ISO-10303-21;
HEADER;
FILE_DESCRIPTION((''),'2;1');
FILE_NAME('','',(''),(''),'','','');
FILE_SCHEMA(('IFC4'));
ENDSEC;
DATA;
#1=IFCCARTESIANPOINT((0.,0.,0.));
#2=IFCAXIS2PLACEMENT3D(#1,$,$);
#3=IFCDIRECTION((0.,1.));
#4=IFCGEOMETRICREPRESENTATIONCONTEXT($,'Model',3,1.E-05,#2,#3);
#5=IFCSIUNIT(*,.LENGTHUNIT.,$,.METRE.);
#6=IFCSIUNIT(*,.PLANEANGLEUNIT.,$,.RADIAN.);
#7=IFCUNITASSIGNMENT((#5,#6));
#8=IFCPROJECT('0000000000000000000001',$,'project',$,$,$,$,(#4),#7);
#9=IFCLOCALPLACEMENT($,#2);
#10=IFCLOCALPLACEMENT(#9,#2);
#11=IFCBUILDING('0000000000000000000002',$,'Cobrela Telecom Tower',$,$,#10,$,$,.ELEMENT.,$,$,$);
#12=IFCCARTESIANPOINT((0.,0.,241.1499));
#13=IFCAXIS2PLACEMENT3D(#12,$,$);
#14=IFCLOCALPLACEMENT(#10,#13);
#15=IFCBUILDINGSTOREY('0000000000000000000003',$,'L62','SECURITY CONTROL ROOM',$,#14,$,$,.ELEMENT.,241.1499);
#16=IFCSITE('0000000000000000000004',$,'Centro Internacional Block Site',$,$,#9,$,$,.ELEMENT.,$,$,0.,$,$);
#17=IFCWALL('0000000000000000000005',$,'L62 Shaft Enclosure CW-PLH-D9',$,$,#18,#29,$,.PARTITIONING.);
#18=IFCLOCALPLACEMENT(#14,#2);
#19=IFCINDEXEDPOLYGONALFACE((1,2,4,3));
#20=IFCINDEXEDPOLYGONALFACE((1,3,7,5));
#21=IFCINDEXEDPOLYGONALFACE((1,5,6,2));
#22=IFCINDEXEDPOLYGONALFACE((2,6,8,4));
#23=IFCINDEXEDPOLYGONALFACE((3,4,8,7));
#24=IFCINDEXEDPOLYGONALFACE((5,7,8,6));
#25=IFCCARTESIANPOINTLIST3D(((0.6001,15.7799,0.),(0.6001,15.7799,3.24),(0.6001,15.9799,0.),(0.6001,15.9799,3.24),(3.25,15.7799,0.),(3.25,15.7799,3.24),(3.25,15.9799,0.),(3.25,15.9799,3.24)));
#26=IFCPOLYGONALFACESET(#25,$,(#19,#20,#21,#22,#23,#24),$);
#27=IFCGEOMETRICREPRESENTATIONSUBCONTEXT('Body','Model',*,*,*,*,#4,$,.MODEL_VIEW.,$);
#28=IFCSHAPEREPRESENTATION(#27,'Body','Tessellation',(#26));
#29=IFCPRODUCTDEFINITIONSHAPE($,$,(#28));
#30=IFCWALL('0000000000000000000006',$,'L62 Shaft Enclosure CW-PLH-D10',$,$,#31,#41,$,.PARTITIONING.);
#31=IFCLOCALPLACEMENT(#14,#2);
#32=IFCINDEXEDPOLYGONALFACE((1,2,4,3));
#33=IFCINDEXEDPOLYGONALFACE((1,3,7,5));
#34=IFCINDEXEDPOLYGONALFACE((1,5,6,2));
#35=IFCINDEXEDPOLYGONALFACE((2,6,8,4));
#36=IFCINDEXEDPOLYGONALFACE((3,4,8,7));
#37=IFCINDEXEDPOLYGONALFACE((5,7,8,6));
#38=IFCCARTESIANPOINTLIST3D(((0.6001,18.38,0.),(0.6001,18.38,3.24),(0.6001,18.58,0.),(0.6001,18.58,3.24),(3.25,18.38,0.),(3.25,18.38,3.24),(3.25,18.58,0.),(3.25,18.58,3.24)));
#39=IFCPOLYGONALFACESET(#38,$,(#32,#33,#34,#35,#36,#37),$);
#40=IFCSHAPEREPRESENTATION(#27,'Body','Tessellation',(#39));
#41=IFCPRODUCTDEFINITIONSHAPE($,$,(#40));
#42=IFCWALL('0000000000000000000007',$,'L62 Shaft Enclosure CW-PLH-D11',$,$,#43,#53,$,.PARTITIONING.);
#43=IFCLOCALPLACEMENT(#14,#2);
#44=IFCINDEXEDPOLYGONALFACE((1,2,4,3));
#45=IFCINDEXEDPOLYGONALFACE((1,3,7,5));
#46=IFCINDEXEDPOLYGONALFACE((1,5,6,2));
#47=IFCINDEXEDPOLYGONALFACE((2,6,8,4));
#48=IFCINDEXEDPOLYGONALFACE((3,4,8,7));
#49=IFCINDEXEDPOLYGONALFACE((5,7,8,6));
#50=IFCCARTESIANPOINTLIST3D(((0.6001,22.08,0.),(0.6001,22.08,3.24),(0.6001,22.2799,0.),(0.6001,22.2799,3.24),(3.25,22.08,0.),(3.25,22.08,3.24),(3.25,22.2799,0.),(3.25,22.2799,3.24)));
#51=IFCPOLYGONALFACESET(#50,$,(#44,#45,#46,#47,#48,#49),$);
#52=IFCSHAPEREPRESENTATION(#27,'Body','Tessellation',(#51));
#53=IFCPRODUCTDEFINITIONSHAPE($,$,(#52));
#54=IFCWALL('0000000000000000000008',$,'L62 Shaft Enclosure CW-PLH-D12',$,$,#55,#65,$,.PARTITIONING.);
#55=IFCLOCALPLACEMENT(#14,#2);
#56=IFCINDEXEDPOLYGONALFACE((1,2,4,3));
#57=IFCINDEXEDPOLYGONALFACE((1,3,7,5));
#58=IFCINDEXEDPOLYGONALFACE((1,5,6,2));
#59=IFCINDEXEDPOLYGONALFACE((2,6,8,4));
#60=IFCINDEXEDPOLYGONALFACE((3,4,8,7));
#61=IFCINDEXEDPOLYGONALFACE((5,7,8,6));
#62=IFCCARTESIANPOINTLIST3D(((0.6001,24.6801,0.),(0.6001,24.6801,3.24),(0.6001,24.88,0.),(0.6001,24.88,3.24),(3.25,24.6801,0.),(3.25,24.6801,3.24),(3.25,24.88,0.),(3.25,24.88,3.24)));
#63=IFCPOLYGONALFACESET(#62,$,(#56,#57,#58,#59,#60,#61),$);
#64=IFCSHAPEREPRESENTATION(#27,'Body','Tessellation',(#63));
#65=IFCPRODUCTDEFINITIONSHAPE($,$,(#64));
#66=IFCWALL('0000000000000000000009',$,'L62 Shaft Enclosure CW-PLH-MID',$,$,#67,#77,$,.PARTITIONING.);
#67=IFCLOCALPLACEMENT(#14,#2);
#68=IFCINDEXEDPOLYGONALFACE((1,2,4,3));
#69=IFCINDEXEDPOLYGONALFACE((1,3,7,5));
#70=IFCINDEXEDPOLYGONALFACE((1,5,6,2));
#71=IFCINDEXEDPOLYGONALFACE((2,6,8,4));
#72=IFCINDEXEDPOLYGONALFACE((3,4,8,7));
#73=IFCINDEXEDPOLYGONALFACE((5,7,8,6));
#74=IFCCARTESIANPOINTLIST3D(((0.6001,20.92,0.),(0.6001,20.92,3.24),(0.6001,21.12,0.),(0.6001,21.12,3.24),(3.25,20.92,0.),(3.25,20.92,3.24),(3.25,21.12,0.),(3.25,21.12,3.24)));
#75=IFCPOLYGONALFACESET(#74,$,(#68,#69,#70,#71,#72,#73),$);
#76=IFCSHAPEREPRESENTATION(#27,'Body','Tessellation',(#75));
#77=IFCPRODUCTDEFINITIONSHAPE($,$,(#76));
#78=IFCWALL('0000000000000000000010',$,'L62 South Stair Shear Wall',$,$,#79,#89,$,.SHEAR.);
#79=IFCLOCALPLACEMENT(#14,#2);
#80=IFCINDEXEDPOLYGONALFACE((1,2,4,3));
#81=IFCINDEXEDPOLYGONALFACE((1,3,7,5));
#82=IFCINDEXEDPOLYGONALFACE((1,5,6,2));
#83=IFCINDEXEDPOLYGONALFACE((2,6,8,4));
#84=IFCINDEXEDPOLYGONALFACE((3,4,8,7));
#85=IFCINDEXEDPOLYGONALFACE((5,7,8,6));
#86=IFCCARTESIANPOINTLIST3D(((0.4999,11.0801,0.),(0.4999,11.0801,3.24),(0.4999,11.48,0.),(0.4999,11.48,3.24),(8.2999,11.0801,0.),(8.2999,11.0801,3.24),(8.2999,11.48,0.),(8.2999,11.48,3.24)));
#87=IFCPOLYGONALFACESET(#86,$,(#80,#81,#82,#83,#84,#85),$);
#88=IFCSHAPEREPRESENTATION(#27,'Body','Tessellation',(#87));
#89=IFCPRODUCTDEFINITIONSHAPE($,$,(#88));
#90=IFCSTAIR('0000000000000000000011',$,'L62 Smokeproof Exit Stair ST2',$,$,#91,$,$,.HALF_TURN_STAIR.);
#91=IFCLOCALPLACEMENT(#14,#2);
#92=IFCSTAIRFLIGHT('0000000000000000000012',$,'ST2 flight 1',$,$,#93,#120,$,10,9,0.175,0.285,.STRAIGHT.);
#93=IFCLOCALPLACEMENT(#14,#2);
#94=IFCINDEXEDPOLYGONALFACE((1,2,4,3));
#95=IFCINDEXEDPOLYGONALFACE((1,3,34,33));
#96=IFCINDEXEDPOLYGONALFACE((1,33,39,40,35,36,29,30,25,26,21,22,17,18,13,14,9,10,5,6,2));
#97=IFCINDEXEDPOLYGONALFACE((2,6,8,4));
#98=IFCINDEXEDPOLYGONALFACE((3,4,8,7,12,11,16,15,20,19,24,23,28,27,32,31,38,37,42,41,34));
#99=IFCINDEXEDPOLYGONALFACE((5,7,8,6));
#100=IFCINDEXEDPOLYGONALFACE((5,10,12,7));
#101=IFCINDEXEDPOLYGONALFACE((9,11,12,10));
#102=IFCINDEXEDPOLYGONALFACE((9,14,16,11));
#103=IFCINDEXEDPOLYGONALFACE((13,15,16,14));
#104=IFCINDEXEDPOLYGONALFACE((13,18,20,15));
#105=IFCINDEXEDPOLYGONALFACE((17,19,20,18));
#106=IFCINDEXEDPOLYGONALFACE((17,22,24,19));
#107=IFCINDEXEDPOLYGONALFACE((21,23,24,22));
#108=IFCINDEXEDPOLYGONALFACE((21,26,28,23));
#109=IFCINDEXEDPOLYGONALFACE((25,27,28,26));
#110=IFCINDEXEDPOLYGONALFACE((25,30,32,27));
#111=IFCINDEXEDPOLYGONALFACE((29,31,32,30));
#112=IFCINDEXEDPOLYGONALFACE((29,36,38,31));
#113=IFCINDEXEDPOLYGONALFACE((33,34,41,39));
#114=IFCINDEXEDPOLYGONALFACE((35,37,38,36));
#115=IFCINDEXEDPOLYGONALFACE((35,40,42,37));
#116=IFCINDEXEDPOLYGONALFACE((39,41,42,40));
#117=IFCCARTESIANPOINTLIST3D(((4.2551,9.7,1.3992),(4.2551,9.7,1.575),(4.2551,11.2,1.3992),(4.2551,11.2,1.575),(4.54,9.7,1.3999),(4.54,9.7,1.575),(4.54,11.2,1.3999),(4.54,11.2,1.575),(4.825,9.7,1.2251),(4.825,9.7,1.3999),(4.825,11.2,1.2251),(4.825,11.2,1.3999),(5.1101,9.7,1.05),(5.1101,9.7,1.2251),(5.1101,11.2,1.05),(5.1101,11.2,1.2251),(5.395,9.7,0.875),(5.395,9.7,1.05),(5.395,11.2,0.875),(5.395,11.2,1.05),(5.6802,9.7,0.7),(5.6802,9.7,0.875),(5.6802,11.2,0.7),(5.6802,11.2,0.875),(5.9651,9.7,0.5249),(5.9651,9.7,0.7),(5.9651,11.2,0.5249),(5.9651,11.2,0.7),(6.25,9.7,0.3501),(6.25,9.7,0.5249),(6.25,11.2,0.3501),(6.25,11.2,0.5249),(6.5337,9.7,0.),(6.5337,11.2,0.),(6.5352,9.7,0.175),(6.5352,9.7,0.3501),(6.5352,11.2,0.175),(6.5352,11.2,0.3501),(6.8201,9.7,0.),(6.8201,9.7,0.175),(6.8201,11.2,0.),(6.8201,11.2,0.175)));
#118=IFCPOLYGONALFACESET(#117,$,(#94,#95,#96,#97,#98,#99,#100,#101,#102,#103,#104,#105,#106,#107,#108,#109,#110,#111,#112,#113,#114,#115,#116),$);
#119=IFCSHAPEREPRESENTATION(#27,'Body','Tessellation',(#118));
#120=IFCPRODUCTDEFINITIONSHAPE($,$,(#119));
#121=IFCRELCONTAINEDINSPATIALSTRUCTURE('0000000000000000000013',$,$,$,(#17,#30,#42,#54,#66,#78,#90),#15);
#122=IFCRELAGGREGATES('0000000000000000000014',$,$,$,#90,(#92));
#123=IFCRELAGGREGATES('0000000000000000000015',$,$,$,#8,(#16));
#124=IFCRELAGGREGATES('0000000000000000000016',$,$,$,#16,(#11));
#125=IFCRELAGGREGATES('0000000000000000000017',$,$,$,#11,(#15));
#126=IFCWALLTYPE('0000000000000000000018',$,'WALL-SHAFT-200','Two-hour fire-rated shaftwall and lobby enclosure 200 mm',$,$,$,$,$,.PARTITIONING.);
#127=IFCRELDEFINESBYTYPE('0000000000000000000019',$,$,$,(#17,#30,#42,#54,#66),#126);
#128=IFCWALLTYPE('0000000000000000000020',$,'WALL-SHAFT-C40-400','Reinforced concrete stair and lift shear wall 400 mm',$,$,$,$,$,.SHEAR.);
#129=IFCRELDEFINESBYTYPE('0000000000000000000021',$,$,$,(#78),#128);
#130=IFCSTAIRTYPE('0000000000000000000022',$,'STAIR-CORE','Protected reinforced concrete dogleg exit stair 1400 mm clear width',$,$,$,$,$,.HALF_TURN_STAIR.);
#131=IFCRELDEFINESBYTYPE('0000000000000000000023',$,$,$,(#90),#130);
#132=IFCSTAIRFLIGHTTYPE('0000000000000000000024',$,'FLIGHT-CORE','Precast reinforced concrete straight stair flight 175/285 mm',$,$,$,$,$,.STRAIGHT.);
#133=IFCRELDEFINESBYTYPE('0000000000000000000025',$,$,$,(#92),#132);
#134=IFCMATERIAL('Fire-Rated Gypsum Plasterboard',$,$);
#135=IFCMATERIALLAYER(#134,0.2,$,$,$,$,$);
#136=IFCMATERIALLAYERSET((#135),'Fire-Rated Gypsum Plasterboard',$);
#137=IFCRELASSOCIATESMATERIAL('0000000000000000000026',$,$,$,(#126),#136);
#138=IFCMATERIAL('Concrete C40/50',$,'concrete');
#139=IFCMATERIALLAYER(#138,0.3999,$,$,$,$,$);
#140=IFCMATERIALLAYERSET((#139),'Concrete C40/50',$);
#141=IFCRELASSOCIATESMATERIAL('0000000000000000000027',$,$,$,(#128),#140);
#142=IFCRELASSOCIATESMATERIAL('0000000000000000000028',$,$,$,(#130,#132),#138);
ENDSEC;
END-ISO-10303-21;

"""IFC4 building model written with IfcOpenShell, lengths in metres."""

from ifc_helpers import new_model, si_unit, direction, frame, frame_2d, origin, place, context, subcontext, project, spatial, polyline, rectangle, outline, extrude, material, layer, layer_set, type_object, element, aggregate, save


model = new_model("IFC4")

# Units and contexts
model_context = context("Model", 3, precision=1e-05, world=origin(), true_north=direction((0.0, 1.0)))
body_context = subcontext(model_context, "Body", "Model", "MODEL_VIEW")
ifc_project = project(units=[si_unit("LENGTHUNIT", "METRE"), si_unit("PLANEANGLEUNIT", "RADIAN")], contexts=[model_context])

# Site, building, storey
site_placement = place(None, origin())
site = spatial("IfcSite", under=ifc_project, at=site_placement, Name="Centro Internacional Block Site", CompositionType="ELEMENT", RefElevation=0.0)
building_placement = place(site_placement, origin())
building = spatial("IfcBuilding", under=site, at=building_placement, Name="Cobrela Telecom Tower", CompositionType="ELEMENT")
storey_placement = place(building_placement, frame((0.0, 0.0, 241.1499)))
storey = spatial("IfcBuildingStorey", under=building, at=storey_placement, Name="L62", Description="SECURITY CONTROL ROOM", CompositionType="ELEMENT", Elevation=241.1499)

# Shared definitions
ifc_material_1 = material(Name="Fire-Rated Gypsum Plasterboard")

# Shared definitions
ifc_layer_1 = layer(ifc_material_1, 0.2)
ifc_layer_set_1 = layer_set([ifc_layer_1], Name="Fire-Rated Gypsum Plasterboard")
wall_type_1 = type_object("IfcWallType", Name="WALL-SHAFT-200", Description="Two-hour fire-rated shaftwall and lobby enclosure 200 mm", PredefinedType="PARTITIONING", material=ifc_layer_set_1)

# Walls
for number, where, z_axis, x_axis, name in (
    (1, (0.6001, 15.8799, 0.0), (0.0, 0.0, 1.0), (1.0, 0.0, 0.0), "L62 Shaft Enclosure CW-PLH-D9"),
    (2, (0.6001, 18.48, 0.0), (0.0, 0.0, 1.0), (1.0, 0.0, 0.0), "L62 Shaft Enclosure CW-PLH-D10"),
    (3, (0.6001, 22.1799, 0.0), (0.0, 0.0, 1.0), (1.0, 0.0, 0.0), "L62 Shaft Enclosure CW-PLH-D11"),
    (4, (0.6001, 24.78, 0.0), (0.0, 0.0, 1.0), (1.0, 0.0, 0.0), "L62 Shaft Enclosure CW-PLH-D12"),
    (5, (0.6001, 21.02, 0.0), (0.0, 0.0, 1.0), (1.0, 0.0, 0.0), "L62 Shaft Enclosure CW-PLH-MID"),
):
    element("IfcWall", number, at=place(storey_placement, frame(where, z_axis=z_axis, x_axis=x_axis)), inside=storey, type_object=wall_type_1, Name=name, PredefinedType="PARTITIONING", context=body_context, shape_type="SweptSolid", body=[
        extrude(rectangle(XDim=2.6499, YDim=0.2, at=frame_2d((1.325, 0.0))), origin(), (0.0, 0.0, 1.0), 3.24),
    ])
ifc_material_2 = material(Name="Concrete C40/50", Category="concrete")
ifc_layer_2 = layer(ifc_material_2, 0.3999)
ifc_layer_set_2 = layer_set([ifc_layer_2], Name="Concrete C40/50")
wall_type_2 = type_object("IfcWallType", Name="WALL-SHAFT-C40-400", Description="Reinforced concrete stair and lift shear wall 400 mm", PredefinedType="SHEAR", material=ifc_layer_set_2)
wall_1_placement = place(storey_placement, frame((0.5, 11.28, 0.0), z_axis=(0.0, 0.0, 1.0), x_axis=(1.0, 0.0, 0.0)))
element("IfcWall", 6, at=wall_1_placement, inside=storey, type_object=wall_type_2, Name="L62 South Stair Shear Wall", PredefinedType="SHEAR", context=body_context, shape_type="SweptSolid", body=[
    extrude(rectangle(XDim=7.8, YDim=0.3999, at=frame_2d((3.8999, 0.0))), origin(), (0.0, 0.0, 1.0), 3.24),
])

# Stair, stair flight
stair_type = type_object("IfcStairType", Name="STAIR-CORE", Description="Protected reinforced concrete dogleg exit stair 1400 mm clear width", PredefinedType="HALF_TURN_STAIR", material=ifc_material_2)
stair_placement = place(storey_placement, origin())
stair = element("IfcStair", 7, at=stair_placement, inside=storey, type_object=stair_type, Name="L62 Smokeproof Exit Stair ST2", PredefinedType="HALF_TURN_STAIR")
stair_flight_type = type_object("IfcStairFlightType", Name="FLIGHT-CORE", Description="Precast reinforced concrete straight stair flight 175/285 mm", PredefinedType="STRAIGHT", material=ifc_material_2)
stair_flight_placement = place(storey_placement, frame((6.8201, 10.45, 0.0), z_axis=(0.0, 0.0, 1.0), x_axis=(-1.0, 0.0, 0.0)))
stair_flight = element("IfcStairFlight", 8, at=stair_flight_placement, type_object=stair_flight_type, Name="ST2 flight 1", NumberOfRisers=10, NumberOfTreads=9, PredefinedType="STRAIGHT", RiserHeight=0.175, TreadLength=0.285, context=body_context, shape_type="SweptSolid", body=[
    extrude(outline(polyline([(0.0, 0.0), (0.0, 0.175), (0.2849, 0.175), (0.2849, 0.3501), (0.5701, 0.3501), (0.5701, 0.5249), (0.855, 0.5249), (0.855, 0.7), (1.1399, 0.7), (1.1399, 0.875), (1.425, 0.875), (1.425, 1.05), (1.71, 1.05), (1.71, 1.2251), (1.9951, 1.2251), (1.9951, 1.3999), (2.28, 1.3999), (2.28, 1.575), (2.5649, 1.575), (2.5649, 1.75), (2.5649, 1.3992), (0.2864, 0.0), (0.0, 0.0)])), frame((0.0, 0.75, 0.0), z_axis=(0.0, -1.0, 0.0), x_axis=(1.0, 0.0, 0.0)), (0.0, 0.0, 1.0), 1.5),
])
aggregate(stair, [stair_flight])

save(model, "model.ifc")
